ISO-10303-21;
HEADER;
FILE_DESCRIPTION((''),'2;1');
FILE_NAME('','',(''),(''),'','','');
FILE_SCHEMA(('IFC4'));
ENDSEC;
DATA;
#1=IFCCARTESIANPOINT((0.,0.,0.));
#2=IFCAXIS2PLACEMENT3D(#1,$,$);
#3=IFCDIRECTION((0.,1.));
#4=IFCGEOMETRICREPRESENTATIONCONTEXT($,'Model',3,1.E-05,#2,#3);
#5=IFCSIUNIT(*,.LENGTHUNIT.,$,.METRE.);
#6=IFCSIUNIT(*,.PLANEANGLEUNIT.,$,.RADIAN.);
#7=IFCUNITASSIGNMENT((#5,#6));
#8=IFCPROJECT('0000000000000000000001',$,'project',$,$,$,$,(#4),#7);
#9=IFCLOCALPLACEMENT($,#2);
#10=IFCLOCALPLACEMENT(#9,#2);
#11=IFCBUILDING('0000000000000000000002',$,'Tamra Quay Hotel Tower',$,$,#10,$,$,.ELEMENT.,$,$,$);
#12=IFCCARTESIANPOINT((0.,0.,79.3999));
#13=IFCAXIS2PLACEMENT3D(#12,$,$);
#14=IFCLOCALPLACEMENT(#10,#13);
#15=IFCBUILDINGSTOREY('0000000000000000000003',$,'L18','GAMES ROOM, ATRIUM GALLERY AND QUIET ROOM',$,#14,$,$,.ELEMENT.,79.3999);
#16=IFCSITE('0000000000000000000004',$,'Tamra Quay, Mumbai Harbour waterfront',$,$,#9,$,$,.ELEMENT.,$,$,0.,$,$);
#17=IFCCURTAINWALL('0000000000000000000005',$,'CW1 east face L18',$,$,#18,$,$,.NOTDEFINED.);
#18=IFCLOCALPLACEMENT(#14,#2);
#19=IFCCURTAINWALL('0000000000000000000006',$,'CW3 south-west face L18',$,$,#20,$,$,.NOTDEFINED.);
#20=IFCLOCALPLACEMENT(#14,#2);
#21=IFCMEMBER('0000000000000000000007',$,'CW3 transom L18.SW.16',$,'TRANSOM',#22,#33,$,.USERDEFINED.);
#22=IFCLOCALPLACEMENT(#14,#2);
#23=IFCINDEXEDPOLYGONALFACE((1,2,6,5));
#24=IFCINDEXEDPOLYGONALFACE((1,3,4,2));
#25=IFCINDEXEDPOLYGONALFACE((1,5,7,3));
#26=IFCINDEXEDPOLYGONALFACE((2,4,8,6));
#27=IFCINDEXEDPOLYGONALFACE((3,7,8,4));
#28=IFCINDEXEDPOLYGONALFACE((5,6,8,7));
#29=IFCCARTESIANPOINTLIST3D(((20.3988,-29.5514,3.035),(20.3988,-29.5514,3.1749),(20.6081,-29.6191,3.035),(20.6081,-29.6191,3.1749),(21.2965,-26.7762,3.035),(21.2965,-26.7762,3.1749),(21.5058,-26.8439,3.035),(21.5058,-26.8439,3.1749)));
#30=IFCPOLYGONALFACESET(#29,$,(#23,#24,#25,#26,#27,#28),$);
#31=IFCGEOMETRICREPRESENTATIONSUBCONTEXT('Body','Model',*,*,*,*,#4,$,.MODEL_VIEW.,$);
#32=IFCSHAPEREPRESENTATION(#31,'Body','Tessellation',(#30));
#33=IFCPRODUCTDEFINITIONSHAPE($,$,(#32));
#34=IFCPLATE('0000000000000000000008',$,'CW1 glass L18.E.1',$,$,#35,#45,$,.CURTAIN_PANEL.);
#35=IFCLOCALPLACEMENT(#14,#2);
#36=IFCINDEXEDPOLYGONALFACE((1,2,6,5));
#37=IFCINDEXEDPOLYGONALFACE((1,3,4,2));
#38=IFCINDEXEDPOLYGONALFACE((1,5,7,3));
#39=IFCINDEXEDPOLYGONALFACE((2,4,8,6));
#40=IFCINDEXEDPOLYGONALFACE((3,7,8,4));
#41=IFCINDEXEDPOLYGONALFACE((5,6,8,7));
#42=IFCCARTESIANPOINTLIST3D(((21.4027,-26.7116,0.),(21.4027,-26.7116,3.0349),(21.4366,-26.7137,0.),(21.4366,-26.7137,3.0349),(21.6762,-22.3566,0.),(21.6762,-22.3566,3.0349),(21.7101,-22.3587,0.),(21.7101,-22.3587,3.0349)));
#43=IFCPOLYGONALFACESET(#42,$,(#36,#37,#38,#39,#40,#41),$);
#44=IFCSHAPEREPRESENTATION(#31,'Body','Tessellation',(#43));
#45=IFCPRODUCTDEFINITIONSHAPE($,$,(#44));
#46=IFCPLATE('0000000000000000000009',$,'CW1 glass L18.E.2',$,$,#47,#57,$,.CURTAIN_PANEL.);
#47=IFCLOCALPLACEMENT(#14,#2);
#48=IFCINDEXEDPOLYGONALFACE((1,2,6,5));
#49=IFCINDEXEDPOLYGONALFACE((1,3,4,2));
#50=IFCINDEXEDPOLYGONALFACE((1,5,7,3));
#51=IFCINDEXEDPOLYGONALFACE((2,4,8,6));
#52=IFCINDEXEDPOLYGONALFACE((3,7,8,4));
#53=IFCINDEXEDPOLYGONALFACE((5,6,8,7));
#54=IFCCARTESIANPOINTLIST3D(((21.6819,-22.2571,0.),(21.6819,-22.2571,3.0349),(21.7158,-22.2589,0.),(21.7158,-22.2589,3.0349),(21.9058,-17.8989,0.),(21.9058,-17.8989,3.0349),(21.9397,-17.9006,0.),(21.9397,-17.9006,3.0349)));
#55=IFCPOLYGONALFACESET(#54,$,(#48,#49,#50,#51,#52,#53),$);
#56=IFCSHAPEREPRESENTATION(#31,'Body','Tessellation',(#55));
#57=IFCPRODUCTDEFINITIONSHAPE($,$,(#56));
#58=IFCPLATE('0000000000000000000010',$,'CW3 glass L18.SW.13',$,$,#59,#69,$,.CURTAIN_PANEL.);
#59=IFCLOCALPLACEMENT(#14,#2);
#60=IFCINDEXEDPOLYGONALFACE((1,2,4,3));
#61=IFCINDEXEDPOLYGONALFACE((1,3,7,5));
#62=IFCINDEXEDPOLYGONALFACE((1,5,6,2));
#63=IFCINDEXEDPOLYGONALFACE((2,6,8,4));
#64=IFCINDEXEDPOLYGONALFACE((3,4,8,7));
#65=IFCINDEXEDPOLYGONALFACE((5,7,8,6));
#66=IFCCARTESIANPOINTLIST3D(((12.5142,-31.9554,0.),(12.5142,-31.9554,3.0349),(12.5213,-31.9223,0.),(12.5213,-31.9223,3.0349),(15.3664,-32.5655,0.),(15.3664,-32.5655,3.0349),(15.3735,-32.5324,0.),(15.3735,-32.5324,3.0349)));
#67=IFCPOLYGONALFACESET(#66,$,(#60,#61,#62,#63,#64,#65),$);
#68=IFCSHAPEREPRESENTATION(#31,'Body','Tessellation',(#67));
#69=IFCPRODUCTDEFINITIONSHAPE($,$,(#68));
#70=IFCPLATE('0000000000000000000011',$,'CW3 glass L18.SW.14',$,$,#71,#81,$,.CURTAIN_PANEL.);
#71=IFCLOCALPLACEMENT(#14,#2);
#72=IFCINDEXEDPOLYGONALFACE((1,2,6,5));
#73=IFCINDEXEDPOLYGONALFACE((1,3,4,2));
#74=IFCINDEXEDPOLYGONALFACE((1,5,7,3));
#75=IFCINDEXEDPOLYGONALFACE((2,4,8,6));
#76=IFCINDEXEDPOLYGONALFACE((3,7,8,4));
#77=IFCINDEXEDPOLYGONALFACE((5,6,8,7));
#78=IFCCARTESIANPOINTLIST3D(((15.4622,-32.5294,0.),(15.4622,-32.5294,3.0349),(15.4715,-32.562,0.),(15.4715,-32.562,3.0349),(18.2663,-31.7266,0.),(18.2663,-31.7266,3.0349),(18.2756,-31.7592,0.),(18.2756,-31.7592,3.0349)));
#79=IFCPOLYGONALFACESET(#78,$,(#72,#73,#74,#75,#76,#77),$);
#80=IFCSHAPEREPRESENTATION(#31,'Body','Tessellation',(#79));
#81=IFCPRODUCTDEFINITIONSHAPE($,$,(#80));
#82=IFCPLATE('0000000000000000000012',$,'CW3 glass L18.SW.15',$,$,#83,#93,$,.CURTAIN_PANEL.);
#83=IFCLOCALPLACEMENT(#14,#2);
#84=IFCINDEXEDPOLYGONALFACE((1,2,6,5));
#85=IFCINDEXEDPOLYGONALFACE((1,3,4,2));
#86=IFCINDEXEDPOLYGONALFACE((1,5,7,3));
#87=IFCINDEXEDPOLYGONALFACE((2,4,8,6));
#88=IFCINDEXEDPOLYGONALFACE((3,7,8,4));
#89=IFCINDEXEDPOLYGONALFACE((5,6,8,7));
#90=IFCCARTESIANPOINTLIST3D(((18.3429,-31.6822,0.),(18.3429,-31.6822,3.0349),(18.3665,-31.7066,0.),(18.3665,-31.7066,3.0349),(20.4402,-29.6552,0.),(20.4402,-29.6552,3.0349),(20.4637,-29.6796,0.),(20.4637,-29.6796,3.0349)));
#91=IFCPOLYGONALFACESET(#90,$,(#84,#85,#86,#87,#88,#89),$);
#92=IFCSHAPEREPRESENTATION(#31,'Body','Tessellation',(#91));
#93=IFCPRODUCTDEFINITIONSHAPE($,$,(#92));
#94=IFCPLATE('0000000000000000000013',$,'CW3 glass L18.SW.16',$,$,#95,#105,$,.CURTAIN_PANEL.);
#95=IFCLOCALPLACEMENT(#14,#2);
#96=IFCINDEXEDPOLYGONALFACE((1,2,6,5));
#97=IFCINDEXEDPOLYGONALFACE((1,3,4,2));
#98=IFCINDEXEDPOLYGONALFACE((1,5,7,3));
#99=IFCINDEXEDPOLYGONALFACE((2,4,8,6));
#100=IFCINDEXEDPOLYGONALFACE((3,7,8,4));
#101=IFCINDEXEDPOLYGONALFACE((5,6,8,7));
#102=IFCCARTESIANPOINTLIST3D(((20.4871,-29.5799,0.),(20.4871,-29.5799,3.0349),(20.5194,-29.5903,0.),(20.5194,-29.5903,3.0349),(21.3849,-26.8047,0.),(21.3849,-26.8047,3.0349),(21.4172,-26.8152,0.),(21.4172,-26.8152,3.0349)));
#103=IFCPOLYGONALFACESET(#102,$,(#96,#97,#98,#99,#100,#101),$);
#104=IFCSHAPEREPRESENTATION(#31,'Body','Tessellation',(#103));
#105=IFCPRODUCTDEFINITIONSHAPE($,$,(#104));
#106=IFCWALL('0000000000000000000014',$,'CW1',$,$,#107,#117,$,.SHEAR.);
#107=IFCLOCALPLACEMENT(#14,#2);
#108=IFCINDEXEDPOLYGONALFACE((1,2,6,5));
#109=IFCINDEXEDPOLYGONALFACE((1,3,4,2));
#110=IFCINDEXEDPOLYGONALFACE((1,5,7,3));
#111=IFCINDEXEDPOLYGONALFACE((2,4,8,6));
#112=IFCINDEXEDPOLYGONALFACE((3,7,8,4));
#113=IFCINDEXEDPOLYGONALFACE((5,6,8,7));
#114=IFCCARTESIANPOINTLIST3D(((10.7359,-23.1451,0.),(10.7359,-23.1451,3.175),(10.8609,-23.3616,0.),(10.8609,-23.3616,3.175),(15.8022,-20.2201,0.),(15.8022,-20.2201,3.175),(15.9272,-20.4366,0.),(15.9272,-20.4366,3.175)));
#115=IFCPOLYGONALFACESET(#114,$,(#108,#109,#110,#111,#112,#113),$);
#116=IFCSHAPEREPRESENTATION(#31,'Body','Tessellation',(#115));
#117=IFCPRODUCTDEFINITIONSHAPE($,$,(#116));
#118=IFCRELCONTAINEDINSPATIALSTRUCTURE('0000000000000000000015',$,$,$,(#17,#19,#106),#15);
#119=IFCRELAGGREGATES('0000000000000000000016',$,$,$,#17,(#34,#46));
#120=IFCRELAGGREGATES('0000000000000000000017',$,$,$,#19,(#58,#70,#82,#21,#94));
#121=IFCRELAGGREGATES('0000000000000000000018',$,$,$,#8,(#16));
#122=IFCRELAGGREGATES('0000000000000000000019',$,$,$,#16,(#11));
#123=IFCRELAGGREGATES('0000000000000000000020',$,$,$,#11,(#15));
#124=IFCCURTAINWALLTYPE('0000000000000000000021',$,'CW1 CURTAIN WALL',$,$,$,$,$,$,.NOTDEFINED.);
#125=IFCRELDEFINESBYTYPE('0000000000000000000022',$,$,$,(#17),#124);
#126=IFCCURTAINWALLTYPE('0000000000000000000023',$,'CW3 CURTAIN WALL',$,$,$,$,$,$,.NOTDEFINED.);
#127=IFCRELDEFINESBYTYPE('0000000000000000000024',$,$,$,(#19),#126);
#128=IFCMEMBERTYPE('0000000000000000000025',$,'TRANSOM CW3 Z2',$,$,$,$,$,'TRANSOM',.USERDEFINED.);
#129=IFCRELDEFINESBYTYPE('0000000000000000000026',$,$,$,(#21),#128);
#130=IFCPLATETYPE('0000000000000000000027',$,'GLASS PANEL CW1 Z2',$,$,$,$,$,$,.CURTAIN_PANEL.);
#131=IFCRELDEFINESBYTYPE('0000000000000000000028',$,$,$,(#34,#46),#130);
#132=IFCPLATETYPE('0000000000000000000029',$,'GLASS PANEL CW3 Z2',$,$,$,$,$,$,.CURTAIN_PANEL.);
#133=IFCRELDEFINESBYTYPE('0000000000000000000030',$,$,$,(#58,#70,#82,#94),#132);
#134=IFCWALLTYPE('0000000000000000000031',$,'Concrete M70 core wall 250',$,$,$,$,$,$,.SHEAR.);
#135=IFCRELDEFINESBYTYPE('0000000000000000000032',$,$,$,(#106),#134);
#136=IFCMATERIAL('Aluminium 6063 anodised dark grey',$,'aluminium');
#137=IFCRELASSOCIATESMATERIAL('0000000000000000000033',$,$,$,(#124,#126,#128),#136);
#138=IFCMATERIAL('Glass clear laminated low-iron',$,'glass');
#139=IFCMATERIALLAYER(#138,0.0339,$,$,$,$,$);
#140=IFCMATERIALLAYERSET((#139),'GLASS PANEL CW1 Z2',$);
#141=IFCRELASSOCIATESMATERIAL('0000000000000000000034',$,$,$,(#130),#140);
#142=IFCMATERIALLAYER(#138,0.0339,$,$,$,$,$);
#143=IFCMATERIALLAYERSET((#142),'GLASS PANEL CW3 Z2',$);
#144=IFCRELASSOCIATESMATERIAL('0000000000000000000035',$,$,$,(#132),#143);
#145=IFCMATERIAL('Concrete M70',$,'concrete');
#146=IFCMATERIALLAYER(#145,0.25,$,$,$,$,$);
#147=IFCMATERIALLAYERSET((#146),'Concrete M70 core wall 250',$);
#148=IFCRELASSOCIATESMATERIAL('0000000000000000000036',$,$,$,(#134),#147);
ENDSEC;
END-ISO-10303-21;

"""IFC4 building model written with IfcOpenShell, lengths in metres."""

from ifc_helpers import new_model, si_unit, direction, frame, frame_2d, origin, origin_2d, place, context, subcontext, project, spatial, rectangle, extrude, material, layer, layer_set, material_profile, profile_set, type_object, element, aggregate, save


model = new_model("IFC4")

# Units and contexts
model_context = context("Model", 3, precision=1e-05, world=origin(), true_north=direction((0.0, 1.0)))
body_context = subcontext(model_context, "Body", "Model", "MODEL_VIEW")
ifc_project = project(units=[si_unit("LENGTHUNIT", "METRE"), si_unit("PLANEANGLEUNIT", "RADIAN")], contexts=[model_context])

# Site, building, storey
site_placement = place(None, origin())
site = spatial("IfcSite", under=ifc_project, at=site_placement, Name="Tamra Quay, Mumbai Harbour waterfront", CompositionType="ELEMENT", RefElevation=0.0)
building_placement = place(site_placement, origin())
building = spatial("IfcBuilding", under=site, at=building_placement, Name="Tamra Quay Hotel Tower", CompositionType="ELEMENT")
storey_placement = place(building_placement, frame((0.0, 0.0, 79.3999)))
storey = spatial("IfcBuildingStorey", under=building, at=storey_placement, Name="L18", Description="GAMES ROOM, ATRIUM GALLERY AND QUIET ROOM", CompositionType="ELEMENT", Elevation=79.3999)

# Shared definitions
ifc_material_1 = material(Name="Concrete M70", Category="concrete")

# Curtain walls
ifc_material_2 = material(Name="Aluminium 6063 anodised dark grey", Category="aluminium")
curtain_wall_type_1 = type_object("IfcCurtainWallType", Name="CW1 CURTAIN WALL", PredefinedType="NOTDEFINED", material=ifc_material_2)
curtain_wall_1_placement = place(storey_placement, origin())
curtain_wall_1 = element("IfcCurtainWall", 1, at=curtain_wall_1_placement, inside=storey, type_object=curtain_wall_type_1, Name="CW1 east face L18", PredefinedType="NOTDEFINED")
curtain_wall_type_2 = type_object("IfcCurtainWallType", Name="CW3 CURTAIN WALL", PredefinedType="NOTDEFINED", material=ifc_material_2)
curtain_wall_2_placement = place(storey_placement, origin())
curtain_wall_2 = element("IfcCurtainWall", 2, at=curtain_wall_2_placement, inside=storey, type_object=curtain_wall_type_2, Name="CW3 south-west face L18", PredefinedType="NOTDEFINED")

# Member
ifc_material_profile_1 = material_profile(ifc_material_2, rectangle(XDim=0.22, YDim=0.1399, at=origin_2d()), Name="TRANSOM 220X140")
ifc_profile_set_1 = profile_set([ifc_material_profile_1], Name="Aluminium 6063 anodised dark grey")
member_type_1 = type_object("IfcMemberType", Name="TRANSOM CW3 Z2", ElementType="TRANSOM", PredefinedType="USERDEFINED", material=ifc_profile_set_1)
member_1_placement = place(storey_placement, frame((20.5034, -29.5852, 3.105), z_axis=(0.307778, 0.951458, 0.0), x_axis=(-0.951458, 0.307778, 0.0)))
member_1 = element("IfcMember", 3, at=member_1_placement, type_object=member_type_1, Name="CW3 transom L18.SW.16", ObjectType="TRANSOM", PredefinedType="USERDEFINED", context=body_context, shape_type="SweptSolid", body=[
    extrude(rectangle(XDim=0.22, YDim=0.1399, at=origin_2d()), origin(), (0.0, 0.0, 1.0), 2.9167),
])

# Plates
ifc_material_3 = material(Name="Glass clear laminated low-iron", Category="glass")
ifc_layer_1 = layer(ifc_material_3, 0.0339)
ifc_layer_set_1 = layer_set([ifc_layer_1], Name="GLASS PANEL CW1 Z2")
plate_type_1 = type_object("IfcPlateType", Name="GLASS PANEL CW1 Z2", PredefinedType="CURTAIN_PANEL", material=ifc_layer_set_1)
plate_1_placement = place(storey_placement, frame((21.5564, -24.5352, 0.0), z_axis=(0.0, 0.0, 1.0), x_axis=(0.06267, 0.998034, 0.0)))
plate_1 = element("IfcPlate", 4, at=plate_1_placement, type_object=plate_type_1, Name="CW1 glass L18.E.1", PredefinedType="CURTAIN_PANEL", context=body_context, shape_type="SweptSolid", body=[
    extrude(rectangle(XDim=4.3635, YDim=0.0339, at=origin_2d()), origin(), (0.0, 0.0, 1.0), 3.0349),
])
plate_2_placement = place(storey_placement, frame((21.8108, -20.0789, 0.0), z_axis=(0.0, 0.0, 1.0), x_axis=(0.051321, 0.998682, 0.0)))
plate_2 = element("IfcPlate", 5, at=plate_2_placement, type_object=plate_type_1, Name="CW1 glass L18.E.2", PredefinedType="CURTAIN_PANEL", context=body_context, shape_type="SweptSolid", body=[
    extrude(rectangle(XDim=4.364, YDim=0.0339, at=origin_2d()), origin(), (0.0, 0.0, 1.0), 3.0349),
])
aggregate(curtain_wall_1, [plate_1, plate_2])
ifc_layer_2 = layer(ifc_material_3, 0.0339)
ifc_layer_set_2 = layer_set([ifc_layer_2], Name="GLASS PANEL CW3 Z2")
plate_type_2 = type_object("IfcPlateType", Name="GLASS PANEL CW3 Z2", PredefinedType="CURTAIN_PANEL", material=ifc_layer_set_2)
plate_3_placement = place(storey_placement, frame((13.9438, -32.2439, 0.0), z_axis=(0.0, 0.0, 1.0), x_axis=(0.977879, -0.209172, 0.0)))
plate_3 = element("IfcPlate", 6, at=plate_3_placement, type_object=plate_type_2, Name="CW3 glass L18.SW.13", PredefinedType="CURTAIN_PANEL", context=body_context, shape_type="SweptSolid", body=[
    extrude(rectangle(XDim=2.9167, YDim=0.0339, at=origin_2d()), origin(), (0.0, 0.0, 1.0), 3.0349),
])
plate_4_placement = place(storey_placement, frame((16.8689, -32.1443, 0.0), z_axis=(0.0, 0.0, 1.0), x_axis=(0.96138, 0.275224, 0.0)))
plate_4 = element("IfcPlate", 7, at=plate_4_placement, type_object=plate_type_2, Name="CW3 glass L18.SW.14", PredefinedType="CURTAIN_PANEL", context=body_context, shape_type="SweptSolid", body=[
    extrude(rectangle(XDim=2.9167, YDim=0.0339, at=origin_2d()), origin(), (0.0, 0.0, 1.0), 3.0349),
])
plate_5_placement = place(storey_placement, frame((19.4033, -30.6809, 0.0), z_axis=(0.0, 0.0, 1.0), x_axis=(0.719041, 0.694967, 0.0)))
plate_5 = element("IfcPlate", 8, at=plate_5_placement, type_object=plate_type_2, Name="CW3 glass L18.SW.15", PredefinedType="CURTAIN_PANEL", context=body_context, shape_type="SweptSolid", body=[
    extrude(rectangle(XDim=2.9167, YDim=0.0339, at=origin_2d()), origin(), (0.0, 0.0, 1.0), 3.0349),
])
plate_6_placement = place(storey_placement, frame((20.9521, -28.1975, 0.0), z_axis=(0.0, 0.0, 1.0), x_axis=(0.307791, 0.951454, 0.0)))
plate_6 = element("IfcPlate", 9, at=plate_6_placement, type_object=plate_type_2, Name="CW3 glass L18.SW.16", PredefinedType="CURTAIN_PANEL", context=body_context, shape_type="SweptSolid", body=[
    extrude(rectangle(XDim=2.9167, YDim=0.0339, at=origin_2d()), origin(), (0.0, 0.0, 1.0), 3.0349),
])
aggregate(curtain_wall_2, [plate_3, plate_4, plate_5, member_1, plate_6])

# Wall
ifc_layer_3 = layer(ifc_material_1, 0.25)
ifc_layer_set_3 = layer_set([ifc_layer_3], Name="Concrete M70 core wall 250")
wall_type = type_object("IfcWallType", Name="Concrete M70 core wall 250", PredefinedType="SHEAR", material=ifc_layer_set_3)
wall_placement = place(storey_placement, frame((15.8647, -20.3284, 0.0), z_axis=(0.0, 0.0, 1.0), x_axis=(-0.866029, -0.499995, 0.0)))
element("IfcWall", 10, at=wall_placement, inside=storey, type_object=wall_type, Name="CW1", PredefinedType="SHEAR", context=body_context, shape_type="SweptSolid", body=[
    extrude(rectangle(XDim=5.8501, YDim=0.25, at=frame_2d((2.925, 0.0))), origin(), (0.0, 0.0, 1.0), 3.175),
])

save(model, "model.ifc")
